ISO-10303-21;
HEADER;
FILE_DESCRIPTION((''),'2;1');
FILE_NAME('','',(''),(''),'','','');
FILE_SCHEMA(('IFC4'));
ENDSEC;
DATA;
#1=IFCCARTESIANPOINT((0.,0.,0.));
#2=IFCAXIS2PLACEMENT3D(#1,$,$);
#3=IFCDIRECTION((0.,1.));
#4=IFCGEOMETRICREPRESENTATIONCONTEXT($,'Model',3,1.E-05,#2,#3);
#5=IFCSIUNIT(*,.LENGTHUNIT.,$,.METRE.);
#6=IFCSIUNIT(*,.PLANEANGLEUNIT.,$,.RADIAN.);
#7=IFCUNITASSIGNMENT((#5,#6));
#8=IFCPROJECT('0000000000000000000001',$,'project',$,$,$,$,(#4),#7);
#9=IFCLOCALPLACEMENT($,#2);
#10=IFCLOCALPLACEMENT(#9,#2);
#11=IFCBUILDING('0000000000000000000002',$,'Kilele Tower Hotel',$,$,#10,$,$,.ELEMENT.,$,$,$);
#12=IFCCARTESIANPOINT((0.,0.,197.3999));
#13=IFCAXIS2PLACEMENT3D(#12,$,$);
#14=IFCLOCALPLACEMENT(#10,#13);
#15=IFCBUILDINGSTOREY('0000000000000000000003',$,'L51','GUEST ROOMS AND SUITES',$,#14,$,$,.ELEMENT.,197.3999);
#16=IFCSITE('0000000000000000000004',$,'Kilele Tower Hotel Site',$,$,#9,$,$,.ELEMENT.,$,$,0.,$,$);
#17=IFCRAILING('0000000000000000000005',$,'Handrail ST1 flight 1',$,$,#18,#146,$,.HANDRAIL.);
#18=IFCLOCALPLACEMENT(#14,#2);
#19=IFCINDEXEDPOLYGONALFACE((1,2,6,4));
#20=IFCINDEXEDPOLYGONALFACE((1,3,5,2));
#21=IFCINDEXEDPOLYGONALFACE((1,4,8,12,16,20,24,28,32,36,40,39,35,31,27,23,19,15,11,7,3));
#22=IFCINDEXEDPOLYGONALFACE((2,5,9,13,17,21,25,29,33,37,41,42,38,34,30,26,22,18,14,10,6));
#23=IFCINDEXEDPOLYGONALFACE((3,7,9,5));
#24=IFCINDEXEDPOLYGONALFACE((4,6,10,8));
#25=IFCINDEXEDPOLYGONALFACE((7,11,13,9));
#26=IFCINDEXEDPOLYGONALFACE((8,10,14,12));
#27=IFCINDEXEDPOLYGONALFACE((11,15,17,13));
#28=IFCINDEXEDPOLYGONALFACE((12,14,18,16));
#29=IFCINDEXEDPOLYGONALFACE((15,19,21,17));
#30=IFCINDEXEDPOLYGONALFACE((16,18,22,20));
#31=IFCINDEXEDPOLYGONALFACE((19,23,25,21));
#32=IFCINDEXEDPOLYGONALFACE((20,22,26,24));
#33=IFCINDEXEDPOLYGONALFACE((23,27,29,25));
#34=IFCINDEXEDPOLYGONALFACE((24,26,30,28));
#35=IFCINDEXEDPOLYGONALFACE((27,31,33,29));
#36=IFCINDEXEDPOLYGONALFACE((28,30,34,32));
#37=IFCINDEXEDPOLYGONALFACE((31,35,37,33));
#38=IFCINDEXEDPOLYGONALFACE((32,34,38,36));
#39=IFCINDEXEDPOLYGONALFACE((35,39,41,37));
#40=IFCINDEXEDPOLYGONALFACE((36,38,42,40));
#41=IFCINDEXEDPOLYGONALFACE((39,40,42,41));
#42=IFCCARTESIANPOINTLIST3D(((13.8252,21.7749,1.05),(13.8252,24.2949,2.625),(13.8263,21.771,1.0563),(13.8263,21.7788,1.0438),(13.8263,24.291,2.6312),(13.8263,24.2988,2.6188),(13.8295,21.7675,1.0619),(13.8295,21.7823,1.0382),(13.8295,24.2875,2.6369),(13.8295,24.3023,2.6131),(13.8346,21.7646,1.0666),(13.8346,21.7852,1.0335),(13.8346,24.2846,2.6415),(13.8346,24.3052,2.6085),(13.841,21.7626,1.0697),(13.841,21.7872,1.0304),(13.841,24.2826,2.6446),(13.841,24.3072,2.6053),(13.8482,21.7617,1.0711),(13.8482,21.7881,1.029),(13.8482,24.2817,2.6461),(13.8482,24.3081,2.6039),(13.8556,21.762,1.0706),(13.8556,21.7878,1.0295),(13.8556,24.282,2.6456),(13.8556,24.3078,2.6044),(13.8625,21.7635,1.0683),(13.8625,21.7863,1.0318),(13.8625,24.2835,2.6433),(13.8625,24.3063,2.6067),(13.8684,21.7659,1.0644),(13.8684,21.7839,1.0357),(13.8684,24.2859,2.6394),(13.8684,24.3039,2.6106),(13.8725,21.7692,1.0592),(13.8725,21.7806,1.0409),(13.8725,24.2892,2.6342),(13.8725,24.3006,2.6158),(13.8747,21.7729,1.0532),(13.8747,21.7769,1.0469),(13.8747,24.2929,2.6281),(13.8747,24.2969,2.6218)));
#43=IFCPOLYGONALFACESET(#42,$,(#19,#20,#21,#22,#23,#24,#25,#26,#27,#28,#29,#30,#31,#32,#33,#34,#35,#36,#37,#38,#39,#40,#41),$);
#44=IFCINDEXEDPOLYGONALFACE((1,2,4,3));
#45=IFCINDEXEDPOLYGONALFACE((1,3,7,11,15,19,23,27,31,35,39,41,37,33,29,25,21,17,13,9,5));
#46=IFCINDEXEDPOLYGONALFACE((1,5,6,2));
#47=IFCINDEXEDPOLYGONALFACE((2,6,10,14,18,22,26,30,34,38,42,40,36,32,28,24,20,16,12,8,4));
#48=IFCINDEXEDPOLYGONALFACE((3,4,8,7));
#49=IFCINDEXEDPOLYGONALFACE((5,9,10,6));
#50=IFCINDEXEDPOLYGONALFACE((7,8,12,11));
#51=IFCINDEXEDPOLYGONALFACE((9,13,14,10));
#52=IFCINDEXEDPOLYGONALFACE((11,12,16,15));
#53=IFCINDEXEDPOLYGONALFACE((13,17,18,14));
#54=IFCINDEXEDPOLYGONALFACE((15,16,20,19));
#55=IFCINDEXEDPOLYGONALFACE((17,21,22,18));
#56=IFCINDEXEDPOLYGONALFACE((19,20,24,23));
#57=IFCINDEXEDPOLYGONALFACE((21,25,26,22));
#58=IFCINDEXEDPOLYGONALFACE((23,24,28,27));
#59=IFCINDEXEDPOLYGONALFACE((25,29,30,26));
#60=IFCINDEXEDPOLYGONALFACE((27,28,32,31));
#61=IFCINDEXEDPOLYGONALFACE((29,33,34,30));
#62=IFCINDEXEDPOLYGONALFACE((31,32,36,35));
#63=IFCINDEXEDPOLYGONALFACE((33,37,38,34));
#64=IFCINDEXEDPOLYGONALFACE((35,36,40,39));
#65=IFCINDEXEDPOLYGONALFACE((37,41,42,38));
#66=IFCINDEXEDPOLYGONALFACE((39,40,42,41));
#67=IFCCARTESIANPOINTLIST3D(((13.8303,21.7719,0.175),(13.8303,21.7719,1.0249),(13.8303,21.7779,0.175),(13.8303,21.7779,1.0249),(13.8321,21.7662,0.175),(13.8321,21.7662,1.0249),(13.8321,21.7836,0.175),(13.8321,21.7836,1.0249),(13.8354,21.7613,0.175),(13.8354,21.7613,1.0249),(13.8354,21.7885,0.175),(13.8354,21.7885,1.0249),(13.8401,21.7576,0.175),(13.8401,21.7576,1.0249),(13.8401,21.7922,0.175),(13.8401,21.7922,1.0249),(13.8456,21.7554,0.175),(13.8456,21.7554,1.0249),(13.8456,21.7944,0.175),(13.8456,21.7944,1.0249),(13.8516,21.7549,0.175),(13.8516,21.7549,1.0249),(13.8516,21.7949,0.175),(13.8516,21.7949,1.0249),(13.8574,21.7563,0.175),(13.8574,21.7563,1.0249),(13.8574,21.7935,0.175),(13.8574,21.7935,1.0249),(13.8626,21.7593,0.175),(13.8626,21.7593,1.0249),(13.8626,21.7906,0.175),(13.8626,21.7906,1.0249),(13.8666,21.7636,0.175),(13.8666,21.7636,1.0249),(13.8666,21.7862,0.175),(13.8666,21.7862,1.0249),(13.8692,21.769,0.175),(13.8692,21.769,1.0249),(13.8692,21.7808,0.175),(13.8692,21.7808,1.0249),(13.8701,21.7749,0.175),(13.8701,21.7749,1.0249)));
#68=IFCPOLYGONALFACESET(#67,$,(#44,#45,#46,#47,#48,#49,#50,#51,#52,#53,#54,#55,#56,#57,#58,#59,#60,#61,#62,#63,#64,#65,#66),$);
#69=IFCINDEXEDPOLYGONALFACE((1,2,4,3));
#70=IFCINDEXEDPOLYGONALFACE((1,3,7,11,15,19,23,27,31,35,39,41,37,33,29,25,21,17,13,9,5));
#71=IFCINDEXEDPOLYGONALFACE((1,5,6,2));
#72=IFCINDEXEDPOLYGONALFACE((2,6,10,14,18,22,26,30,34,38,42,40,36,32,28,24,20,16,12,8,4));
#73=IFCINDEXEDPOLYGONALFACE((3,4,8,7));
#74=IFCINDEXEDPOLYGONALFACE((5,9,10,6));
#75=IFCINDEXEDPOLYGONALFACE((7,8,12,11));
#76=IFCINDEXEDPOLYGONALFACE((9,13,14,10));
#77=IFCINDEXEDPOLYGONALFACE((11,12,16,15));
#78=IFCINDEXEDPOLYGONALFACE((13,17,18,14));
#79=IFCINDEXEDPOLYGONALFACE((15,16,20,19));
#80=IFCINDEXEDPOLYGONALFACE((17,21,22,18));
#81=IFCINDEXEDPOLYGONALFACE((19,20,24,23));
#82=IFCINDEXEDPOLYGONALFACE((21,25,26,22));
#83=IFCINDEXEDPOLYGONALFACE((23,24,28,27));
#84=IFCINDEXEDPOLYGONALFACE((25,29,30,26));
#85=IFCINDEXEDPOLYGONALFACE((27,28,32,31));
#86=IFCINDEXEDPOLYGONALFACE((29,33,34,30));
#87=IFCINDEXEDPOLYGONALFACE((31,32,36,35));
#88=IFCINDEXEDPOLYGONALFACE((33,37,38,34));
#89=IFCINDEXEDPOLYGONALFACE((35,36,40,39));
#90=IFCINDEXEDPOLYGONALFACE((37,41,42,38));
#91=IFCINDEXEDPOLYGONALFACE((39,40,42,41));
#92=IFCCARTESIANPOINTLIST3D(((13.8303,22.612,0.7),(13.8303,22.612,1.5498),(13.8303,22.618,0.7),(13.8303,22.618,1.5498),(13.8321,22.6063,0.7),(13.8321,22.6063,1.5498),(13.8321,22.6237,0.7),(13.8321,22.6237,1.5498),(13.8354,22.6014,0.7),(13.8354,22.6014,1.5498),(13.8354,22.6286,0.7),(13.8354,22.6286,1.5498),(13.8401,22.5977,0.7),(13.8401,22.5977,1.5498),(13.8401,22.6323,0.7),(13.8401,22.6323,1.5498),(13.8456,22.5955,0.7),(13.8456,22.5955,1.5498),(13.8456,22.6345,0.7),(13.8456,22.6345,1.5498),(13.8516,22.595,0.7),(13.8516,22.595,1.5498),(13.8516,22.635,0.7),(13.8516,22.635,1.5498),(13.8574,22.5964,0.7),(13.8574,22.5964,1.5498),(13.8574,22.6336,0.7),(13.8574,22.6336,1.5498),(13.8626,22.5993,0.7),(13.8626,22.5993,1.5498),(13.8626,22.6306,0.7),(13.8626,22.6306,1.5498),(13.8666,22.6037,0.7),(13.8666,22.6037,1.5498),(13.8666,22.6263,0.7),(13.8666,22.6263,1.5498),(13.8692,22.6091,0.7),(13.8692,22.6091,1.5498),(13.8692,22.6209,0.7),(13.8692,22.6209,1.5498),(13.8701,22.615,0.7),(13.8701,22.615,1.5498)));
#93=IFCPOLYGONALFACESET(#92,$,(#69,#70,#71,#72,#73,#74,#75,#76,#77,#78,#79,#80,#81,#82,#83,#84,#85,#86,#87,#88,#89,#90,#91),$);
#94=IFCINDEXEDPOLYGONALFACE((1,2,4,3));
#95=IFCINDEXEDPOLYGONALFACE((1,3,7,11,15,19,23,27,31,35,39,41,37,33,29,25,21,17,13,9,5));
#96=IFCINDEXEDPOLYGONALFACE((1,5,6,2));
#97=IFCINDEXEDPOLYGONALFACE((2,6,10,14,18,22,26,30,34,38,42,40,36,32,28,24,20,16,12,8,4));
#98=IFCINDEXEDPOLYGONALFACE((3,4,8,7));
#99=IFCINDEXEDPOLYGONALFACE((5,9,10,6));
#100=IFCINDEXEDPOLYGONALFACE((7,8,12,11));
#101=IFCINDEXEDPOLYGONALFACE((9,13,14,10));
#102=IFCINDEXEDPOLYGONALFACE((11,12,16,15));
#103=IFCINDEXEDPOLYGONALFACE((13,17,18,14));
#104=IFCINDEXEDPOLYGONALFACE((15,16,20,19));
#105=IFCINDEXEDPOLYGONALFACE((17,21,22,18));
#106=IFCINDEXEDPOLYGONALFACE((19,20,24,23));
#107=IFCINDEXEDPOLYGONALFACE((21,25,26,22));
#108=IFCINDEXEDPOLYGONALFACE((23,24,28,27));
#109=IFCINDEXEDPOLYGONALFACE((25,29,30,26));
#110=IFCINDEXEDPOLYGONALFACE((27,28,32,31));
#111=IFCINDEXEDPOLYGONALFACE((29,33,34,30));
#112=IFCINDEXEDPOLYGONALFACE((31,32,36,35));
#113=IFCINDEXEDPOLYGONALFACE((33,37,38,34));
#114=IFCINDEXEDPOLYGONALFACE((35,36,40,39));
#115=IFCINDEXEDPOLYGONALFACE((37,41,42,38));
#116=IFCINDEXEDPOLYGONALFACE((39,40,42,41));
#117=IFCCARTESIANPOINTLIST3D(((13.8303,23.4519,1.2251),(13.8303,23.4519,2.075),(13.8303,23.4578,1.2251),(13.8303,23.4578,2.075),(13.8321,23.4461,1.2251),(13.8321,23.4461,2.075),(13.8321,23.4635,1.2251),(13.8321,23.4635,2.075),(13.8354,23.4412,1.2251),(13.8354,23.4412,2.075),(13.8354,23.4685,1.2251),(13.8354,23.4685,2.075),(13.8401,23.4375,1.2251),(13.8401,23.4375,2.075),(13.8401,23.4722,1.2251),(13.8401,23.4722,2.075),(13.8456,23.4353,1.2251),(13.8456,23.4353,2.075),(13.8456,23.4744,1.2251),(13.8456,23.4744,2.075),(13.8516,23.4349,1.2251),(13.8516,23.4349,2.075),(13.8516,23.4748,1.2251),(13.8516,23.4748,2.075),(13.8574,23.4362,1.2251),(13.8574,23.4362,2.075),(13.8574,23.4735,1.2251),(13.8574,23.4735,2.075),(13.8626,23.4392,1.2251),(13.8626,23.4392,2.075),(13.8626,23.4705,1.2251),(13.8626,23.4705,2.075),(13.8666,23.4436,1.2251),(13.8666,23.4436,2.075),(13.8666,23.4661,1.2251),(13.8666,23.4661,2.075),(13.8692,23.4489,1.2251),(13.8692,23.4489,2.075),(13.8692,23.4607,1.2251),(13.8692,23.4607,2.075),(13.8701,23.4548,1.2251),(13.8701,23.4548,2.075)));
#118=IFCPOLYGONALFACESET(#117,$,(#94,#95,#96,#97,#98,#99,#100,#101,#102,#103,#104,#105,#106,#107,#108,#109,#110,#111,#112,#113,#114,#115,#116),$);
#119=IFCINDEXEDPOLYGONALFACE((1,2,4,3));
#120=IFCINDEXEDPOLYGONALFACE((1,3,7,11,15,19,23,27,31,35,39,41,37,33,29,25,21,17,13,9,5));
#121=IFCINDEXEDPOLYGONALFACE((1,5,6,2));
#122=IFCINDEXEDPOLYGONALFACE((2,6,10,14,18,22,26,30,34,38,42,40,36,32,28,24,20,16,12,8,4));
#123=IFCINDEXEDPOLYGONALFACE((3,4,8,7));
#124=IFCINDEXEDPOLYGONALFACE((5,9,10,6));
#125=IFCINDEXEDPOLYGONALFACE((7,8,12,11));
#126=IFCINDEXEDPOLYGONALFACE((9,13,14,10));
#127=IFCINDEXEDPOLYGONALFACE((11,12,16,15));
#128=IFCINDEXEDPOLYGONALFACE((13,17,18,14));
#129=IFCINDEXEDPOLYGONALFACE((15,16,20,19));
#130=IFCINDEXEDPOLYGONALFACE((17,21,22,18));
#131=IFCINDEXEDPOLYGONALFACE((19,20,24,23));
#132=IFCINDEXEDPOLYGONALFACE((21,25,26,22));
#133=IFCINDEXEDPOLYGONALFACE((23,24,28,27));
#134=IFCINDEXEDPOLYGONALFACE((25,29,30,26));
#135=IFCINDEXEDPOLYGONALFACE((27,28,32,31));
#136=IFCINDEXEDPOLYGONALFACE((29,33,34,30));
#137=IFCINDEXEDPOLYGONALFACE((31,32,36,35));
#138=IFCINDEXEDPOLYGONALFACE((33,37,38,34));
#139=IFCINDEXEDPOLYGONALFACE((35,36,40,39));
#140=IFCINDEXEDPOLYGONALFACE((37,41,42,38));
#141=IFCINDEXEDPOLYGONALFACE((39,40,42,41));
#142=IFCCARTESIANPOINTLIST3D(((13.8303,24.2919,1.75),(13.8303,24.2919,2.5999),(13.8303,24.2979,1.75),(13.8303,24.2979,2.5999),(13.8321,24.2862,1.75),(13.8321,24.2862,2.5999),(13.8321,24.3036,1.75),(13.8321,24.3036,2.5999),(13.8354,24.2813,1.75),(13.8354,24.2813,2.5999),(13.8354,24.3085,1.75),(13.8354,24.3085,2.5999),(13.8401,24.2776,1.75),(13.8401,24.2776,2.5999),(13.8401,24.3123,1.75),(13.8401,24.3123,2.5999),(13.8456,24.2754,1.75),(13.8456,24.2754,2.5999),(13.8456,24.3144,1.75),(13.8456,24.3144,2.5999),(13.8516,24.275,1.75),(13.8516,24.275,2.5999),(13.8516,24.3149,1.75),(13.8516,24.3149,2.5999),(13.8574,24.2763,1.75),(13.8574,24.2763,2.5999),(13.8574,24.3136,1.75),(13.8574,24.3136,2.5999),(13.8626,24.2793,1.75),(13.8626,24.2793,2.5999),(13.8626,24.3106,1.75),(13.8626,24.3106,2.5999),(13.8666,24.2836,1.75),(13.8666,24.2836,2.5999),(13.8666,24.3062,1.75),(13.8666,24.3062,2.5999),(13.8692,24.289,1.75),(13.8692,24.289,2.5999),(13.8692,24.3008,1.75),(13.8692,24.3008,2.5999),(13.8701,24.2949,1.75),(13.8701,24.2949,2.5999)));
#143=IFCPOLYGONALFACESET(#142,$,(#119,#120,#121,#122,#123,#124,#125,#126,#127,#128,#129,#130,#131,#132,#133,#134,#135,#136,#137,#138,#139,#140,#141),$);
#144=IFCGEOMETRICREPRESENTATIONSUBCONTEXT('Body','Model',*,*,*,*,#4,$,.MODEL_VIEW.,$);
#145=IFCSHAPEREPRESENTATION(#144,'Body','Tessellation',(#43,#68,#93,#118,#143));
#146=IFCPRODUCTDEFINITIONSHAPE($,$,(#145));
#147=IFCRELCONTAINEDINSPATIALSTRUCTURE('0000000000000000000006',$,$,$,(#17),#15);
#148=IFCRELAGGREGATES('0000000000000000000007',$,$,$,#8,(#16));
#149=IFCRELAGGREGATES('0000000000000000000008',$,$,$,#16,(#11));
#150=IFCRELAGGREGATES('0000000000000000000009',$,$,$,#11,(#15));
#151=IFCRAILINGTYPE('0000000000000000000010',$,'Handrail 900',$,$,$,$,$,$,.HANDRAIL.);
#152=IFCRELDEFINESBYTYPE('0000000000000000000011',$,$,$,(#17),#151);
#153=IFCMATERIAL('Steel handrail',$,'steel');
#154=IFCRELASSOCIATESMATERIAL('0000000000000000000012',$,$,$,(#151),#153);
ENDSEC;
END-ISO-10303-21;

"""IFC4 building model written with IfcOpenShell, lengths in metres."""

from ifc_helpers import new_model, si_unit, direction, frame, origin, origin_2d, place, context, subcontext, project, spatial, circle, extrude, material, type_object, element, save


model = new_model("IFC4")

# Units and contexts
model_context = context("Model", 3, precision=1e-05, world=origin(), true_north=direction((0.0, 1.0)))
body_context = subcontext(model_context, "Body", "Model", "MODEL_VIEW")
ifc_project = project(units=[si_unit("LENGTHUNIT", "METRE"), si_unit("PLANEANGLEUNIT", "RADIAN")], contexts=[model_context])

# Site, building, storey
site_placement = place(None, origin())
site = spatial("IfcSite", under=ifc_project, at=site_placement, Name="Kilele Tower Hotel Site", CompositionType="ELEMENT", RefElevation=0.0)
building_placement = place(site_placement, origin())
building = spatial("IfcBuilding", under=site, at=building_placement, Name="Kilele Tower Hotel", CompositionType="ELEMENT")
storey_placement = place(building_placement, frame((0.0, 0.0, 197.3999)))
storey = spatial("IfcBuildingStorey", under=building, at=storey_placement, Name="L51", Description="GUEST ROOMS AND SUITES", CompositionType="ELEMENT", Elevation=197.3999)

# Railing
ifc_material_1 = material(Name="Steel handrail", Category="steel")
railing_type_1 = type_object("IfcRailingType", Name="Handrail 900", PredefinedType="HANDRAIL", material=ifc_material_1)
for number, where, name in (
    (1, (13.8501, 21.7749, 0.175), "Handrail ST1 flight 1"),
):
    element("IfcRailing", number, at=place(storey_placement, frame(where)), inside=storey, type_object=railing_type_1, Name=name, PredefinedType="HANDRAIL", context=body_context, shape_type="SweptSolid", body=[
        extrude(circle(Radius=0.0249, at=origin_2d()), frame((0.0, 0.0, 0.875), z_axis=(0.0, 0.848008, 0.529984), x_axis=(-1.0, 0.0, 0.0)), (0.0, 0.0, 1.0), 2.9717),
        extrude(circle(Radius=0.02, at=origin_2d()), origin(), (0.0, 0.0, 1.0), 0.8499),
        extrude(circle(Radius=0.02, at=origin_2d()), frame((0.0, 0.8401, 0.5249)), (0.0, 0.0, 1.0), 0.8499),
        extrude(circle(Radius=0.02, at=origin_2d()), frame((0.0, 1.6799, 1.05)), (0.0, 0.0, 1.0), 0.8499),
        extrude(circle(Radius=0.02, at=origin_2d()), frame((0.0, 2.52, 1.575)), (0.0, 0.0, 1.0), 0.8499),
    ])

save(model, "model.ifc")
